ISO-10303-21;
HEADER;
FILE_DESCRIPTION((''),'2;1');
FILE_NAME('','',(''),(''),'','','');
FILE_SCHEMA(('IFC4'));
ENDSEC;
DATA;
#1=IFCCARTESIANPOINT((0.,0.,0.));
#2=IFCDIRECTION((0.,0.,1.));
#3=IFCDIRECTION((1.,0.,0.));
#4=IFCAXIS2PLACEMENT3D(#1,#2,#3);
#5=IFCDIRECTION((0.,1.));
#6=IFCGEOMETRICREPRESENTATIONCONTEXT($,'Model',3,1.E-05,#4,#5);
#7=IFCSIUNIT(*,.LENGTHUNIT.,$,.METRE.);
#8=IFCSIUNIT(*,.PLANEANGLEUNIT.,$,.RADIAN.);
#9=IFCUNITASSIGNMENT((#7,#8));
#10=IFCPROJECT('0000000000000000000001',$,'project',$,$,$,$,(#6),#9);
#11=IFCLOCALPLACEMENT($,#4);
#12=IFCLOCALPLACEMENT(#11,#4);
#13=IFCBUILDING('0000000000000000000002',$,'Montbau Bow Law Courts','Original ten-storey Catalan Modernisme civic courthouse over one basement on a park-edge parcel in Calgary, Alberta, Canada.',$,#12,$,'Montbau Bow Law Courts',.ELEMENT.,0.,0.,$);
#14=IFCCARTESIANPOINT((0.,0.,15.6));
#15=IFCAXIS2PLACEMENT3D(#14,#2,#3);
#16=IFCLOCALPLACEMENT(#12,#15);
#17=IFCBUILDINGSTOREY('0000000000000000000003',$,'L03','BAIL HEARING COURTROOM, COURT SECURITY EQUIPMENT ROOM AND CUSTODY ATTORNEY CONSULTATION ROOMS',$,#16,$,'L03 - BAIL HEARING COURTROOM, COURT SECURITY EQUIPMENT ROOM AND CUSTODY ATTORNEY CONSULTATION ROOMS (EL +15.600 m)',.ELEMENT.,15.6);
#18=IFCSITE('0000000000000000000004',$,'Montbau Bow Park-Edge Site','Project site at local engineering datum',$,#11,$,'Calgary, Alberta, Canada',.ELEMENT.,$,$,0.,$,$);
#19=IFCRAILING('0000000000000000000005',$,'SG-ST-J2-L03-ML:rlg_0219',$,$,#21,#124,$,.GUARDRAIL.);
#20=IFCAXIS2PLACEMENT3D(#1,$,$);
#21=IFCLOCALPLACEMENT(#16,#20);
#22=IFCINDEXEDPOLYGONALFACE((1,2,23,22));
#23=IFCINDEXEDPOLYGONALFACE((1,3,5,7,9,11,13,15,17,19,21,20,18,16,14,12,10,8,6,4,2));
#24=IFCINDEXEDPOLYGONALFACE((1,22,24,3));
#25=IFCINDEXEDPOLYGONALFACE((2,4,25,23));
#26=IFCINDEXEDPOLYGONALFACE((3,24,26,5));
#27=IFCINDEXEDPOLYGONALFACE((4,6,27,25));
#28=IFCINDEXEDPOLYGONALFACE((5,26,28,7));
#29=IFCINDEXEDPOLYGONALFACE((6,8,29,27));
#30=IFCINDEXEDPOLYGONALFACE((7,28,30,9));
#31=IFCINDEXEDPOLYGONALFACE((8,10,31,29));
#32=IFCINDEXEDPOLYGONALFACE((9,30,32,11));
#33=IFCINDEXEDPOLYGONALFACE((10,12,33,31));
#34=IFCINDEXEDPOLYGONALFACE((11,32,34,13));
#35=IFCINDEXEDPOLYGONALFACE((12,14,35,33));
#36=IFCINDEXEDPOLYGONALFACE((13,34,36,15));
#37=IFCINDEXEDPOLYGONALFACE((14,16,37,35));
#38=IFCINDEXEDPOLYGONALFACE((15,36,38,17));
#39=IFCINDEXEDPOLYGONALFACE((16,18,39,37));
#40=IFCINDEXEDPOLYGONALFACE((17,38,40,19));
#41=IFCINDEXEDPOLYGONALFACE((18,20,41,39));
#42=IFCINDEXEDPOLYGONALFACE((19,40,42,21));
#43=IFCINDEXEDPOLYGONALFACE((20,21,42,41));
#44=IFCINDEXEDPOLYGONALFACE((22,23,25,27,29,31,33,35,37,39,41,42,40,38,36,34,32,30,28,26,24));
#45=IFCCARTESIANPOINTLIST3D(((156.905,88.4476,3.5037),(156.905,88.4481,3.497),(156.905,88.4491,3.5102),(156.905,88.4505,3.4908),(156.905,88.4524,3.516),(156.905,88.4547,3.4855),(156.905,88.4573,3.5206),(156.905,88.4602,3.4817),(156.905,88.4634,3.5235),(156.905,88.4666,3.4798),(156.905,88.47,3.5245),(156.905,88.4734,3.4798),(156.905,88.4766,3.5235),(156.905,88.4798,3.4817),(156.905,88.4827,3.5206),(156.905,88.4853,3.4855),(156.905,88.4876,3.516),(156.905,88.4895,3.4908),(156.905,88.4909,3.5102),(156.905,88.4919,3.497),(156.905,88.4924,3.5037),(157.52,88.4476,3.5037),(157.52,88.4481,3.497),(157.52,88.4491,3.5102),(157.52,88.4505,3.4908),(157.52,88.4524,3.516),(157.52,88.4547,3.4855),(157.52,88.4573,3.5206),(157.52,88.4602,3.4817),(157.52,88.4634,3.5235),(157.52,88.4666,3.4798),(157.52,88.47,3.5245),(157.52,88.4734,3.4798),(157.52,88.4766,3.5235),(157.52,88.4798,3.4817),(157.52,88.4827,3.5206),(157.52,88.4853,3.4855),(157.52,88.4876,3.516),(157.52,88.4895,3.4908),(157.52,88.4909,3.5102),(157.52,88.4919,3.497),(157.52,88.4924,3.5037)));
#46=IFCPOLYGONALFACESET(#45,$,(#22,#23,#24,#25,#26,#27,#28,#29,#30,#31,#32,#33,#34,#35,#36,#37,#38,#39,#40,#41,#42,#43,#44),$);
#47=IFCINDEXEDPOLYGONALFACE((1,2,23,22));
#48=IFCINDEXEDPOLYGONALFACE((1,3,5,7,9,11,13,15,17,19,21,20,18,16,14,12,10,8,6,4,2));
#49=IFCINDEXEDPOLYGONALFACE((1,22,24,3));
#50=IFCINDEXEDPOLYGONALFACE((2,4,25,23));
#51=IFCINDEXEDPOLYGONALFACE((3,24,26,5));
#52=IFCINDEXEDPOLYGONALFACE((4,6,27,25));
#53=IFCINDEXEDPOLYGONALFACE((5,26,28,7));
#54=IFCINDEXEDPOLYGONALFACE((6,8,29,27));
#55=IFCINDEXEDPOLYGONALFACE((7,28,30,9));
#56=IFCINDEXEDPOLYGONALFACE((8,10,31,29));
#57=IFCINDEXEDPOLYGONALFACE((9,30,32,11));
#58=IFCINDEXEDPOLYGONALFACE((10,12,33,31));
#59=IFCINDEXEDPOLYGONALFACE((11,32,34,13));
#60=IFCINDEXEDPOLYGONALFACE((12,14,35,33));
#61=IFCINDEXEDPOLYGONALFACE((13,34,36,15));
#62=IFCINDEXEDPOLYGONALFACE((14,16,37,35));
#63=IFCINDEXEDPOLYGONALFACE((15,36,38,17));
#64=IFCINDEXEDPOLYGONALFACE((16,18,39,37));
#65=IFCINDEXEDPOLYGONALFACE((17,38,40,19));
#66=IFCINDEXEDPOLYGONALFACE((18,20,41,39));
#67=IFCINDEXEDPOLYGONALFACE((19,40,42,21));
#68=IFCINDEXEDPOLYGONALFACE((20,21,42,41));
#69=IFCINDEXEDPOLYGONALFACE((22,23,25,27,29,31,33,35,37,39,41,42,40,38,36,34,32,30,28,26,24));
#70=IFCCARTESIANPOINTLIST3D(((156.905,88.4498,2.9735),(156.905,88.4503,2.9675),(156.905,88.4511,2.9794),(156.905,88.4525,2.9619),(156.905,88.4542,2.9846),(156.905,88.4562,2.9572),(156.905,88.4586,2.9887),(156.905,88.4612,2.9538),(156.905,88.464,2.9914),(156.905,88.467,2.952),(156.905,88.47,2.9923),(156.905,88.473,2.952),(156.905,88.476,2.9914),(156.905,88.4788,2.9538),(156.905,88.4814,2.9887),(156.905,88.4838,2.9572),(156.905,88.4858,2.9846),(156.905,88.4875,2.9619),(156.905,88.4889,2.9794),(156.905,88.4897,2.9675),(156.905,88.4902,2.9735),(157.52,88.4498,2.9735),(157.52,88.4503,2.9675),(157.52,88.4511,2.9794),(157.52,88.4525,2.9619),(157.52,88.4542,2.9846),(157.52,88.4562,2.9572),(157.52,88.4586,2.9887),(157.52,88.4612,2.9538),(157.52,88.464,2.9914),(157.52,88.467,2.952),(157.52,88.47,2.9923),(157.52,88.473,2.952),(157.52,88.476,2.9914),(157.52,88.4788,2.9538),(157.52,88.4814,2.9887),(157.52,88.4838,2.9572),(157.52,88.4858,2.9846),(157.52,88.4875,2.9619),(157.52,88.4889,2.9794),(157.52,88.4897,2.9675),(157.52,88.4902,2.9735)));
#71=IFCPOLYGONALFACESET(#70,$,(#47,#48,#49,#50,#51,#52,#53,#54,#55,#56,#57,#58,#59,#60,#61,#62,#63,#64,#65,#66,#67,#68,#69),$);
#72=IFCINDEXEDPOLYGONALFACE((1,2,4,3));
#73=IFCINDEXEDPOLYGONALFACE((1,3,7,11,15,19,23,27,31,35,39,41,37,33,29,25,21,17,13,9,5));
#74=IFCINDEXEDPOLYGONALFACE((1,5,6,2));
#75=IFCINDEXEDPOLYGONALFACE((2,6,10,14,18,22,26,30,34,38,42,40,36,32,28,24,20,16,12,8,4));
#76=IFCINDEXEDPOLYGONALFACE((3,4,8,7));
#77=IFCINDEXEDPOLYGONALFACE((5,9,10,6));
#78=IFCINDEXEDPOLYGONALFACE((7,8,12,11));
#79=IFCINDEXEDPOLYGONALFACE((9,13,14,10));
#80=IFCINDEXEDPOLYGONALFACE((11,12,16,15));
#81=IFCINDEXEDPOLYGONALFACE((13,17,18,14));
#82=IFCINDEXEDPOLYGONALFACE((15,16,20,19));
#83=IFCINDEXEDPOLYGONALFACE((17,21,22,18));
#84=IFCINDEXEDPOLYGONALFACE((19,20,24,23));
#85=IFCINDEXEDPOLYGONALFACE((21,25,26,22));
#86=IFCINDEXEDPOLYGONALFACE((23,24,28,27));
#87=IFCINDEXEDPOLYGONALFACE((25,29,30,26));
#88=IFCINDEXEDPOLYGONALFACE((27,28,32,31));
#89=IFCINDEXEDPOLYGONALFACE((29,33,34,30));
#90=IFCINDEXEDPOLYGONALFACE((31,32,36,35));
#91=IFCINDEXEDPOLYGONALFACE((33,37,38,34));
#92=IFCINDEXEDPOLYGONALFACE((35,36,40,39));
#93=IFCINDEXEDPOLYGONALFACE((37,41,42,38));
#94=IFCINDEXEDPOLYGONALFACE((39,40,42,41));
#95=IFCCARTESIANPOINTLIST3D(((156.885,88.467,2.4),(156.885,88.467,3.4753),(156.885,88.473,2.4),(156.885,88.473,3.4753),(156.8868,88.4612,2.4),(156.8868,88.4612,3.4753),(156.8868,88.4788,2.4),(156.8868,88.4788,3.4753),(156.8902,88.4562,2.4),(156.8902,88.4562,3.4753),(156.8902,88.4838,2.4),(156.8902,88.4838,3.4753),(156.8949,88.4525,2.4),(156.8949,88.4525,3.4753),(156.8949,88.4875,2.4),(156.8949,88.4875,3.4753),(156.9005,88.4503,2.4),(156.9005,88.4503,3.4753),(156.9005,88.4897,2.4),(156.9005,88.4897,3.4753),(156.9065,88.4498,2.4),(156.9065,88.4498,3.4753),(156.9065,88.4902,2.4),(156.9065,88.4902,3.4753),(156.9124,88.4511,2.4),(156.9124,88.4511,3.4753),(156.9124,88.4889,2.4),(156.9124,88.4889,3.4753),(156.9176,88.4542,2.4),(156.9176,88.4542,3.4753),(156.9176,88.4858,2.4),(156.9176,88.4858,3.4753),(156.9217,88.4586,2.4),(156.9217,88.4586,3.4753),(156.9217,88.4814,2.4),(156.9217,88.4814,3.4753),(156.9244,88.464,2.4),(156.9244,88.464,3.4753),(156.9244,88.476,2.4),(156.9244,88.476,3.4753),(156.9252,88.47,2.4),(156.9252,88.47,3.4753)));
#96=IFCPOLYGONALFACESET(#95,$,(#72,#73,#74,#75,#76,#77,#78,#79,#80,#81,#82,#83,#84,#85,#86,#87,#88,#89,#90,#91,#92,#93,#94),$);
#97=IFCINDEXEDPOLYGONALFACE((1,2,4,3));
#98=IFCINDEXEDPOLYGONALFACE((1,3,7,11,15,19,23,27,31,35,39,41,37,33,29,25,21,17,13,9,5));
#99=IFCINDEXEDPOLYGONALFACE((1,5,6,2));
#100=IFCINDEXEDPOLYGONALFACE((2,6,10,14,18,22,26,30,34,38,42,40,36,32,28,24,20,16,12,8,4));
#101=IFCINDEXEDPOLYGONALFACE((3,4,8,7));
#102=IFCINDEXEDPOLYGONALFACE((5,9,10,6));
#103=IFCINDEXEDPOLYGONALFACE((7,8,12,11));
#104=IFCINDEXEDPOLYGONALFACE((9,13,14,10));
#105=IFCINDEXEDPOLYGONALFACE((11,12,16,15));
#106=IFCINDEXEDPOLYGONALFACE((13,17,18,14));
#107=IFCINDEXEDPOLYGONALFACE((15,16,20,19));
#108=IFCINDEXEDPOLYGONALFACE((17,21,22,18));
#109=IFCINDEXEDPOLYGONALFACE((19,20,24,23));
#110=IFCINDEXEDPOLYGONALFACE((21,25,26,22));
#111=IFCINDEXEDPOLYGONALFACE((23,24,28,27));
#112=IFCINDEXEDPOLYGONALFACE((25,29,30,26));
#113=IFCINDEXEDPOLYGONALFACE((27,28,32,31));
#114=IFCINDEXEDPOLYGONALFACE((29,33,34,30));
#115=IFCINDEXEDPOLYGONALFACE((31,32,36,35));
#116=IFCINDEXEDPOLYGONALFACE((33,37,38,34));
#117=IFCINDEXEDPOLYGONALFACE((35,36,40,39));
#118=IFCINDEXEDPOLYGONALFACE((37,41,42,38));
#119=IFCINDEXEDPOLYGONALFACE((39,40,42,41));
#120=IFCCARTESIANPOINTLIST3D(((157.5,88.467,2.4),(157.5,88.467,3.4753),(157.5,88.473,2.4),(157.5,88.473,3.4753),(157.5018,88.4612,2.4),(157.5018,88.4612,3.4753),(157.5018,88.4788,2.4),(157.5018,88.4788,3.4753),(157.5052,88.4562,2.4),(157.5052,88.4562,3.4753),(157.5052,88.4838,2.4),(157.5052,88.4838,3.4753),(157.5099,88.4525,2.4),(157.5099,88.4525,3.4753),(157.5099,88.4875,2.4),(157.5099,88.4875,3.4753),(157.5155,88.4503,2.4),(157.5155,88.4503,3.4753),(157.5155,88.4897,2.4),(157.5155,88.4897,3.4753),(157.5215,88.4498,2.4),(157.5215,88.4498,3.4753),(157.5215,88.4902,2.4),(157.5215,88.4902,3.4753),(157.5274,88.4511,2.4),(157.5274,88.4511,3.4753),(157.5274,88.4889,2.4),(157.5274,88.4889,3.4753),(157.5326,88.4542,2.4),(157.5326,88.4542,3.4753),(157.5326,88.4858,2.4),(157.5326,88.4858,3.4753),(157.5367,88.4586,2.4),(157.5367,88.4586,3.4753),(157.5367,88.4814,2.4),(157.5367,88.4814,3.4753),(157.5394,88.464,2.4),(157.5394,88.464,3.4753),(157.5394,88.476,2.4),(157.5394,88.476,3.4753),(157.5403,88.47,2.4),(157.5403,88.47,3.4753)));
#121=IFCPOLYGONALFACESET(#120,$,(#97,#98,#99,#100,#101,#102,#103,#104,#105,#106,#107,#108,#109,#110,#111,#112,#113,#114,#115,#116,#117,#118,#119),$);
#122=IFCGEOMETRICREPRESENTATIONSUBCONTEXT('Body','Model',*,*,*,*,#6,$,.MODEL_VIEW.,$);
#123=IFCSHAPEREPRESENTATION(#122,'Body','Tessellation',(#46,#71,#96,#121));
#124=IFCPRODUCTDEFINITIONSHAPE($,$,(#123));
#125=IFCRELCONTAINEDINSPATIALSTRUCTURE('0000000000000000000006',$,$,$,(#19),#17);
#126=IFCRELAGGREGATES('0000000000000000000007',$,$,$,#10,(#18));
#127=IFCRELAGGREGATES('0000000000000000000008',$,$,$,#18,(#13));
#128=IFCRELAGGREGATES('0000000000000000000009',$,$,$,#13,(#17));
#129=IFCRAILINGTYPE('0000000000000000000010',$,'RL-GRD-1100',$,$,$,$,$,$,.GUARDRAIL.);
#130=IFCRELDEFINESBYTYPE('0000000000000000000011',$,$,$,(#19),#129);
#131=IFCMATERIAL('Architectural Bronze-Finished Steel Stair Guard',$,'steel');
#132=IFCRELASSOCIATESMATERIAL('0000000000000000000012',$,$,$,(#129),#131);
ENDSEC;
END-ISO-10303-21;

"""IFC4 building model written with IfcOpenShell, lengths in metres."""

from ifc_helpers import new_model, si_unit, direction, frame, origin_with_axes, origin_2d_with_axis, place, context, subcontext, project, spatial, circle, extrude, material, type_object, element, save


model = new_model("IFC4")

# Units and contexts
model_context = context("Model", 3, precision=1e-05, world=origin_with_axes(), true_north=direction((0.0, 1.0)))
body_context = subcontext(model_context, "Body", "Model", "MODEL_VIEW")
ifc_project = project(units=[si_unit("LENGTHUNIT", "METRE"), si_unit("PLANEANGLEUNIT", "RADIAN")], contexts=[model_context])

# Site, building, storey
site_placement = place(None, origin_with_axes())
site = spatial("IfcSite", under=ifc_project, at=site_placement, Name="Montbau Bow Park-Edge Site", Description="Project site at local engineering datum", LongName="Calgary, Alberta, Canada", CompositionType="ELEMENT", RefElevation=0.0)
building_placement = place(site_placement, origin_with_axes())
building = spatial("IfcBuilding", under=site, at=building_placement, Name="Montbau Bow Law Courts", Description="Original ten-storey Catalan Modernisme civic courthouse over one basement on a park-edge parcel in Calgary, Alberta, Canada.", LongName="Montbau Bow Law Courts", CompositionType="ELEMENT", ElevationOfRefHeight=0.0, ElevationOfTerrain=0.0)
storey_placement = place(building_placement, frame((0.0, 0.0, 15.6), z_axis=(0.0, 0.0, 1.0), x_axis=(1.0, 0.0, 0.0)))
storey = spatial("IfcBuildingStorey", under=building, at=storey_placement, Name="L03", Description="BAIL HEARING COURTROOM, COURT SECURITY EQUIPMENT ROOM AND CUSTODY ATTORNEY CONSULTATION ROOMS", LongName="L03 - BAIL HEARING COURTROOM, COURT SECURITY EQUIPMENT ROOM AND CUSTODY ATTORNEY CONSULTATION ROOMS (EL +15.600 m)", CompositionType="ELEMENT", Elevation=15.6)

# Railing
ifc_material_1 = material(Name="Architectural Bronze-Finished Steel Stair Guard", Category="steel")
railing_type_1 = type_object("IfcRailingType", Name="RL-GRD-1100", PredefinedType="GUARDRAIL", material=ifc_material_1)
railing_1_placement = place(None, origin_with_axes())
element("IfcRailing", 1, at=railing_1_placement, inside=storey, type_object=railing_type_1, Name="SG-ST-J2-L03-ML:rlg_0219", PredefinedType="GUARDRAIL", context=body_context, shape_type="SweptSolid", body=[
    extrude(circle(Radius=0.0225, at=origin_2d_with_axis()), frame((156.905, 88.47, 19.102), z_axis=(1.0, 0.0, 0.0), x_axis=(0.0, 0.0, 1.0)), (0.0, 0.0, 1.0), 0.615),
    extrude(circle(Radius=0.0203, at=origin_2d_with_axis()), frame((156.905, 88.47, 18.572), z_axis=(1.0, 0.0, 0.0), x_axis=(0.0, 0.0, 1.0)), (0.0, 0.0, 1.0), 0.615),
    extrude(circle(Radius=0.0203, at=origin_2d_with_axis()), frame((156.905, 88.47, 18.0), z_axis=(0.0, 0.0, 1.0), x_axis=(1.0, 0.0, 0.0)), (0.0, 0.0, 1.0), 1.0753),
    extrude(circle(Radius=0.0203, at=origin_2d_with_axis()), frame((157.52, 88.47, 18.0), z_axis=(0.0, 0.0, 1.0), x_axis=(1.0, 0.0, 0.0)), (0.0, 0.0, 1.0), 1.0753),
])

save(model, "model.ifc")
